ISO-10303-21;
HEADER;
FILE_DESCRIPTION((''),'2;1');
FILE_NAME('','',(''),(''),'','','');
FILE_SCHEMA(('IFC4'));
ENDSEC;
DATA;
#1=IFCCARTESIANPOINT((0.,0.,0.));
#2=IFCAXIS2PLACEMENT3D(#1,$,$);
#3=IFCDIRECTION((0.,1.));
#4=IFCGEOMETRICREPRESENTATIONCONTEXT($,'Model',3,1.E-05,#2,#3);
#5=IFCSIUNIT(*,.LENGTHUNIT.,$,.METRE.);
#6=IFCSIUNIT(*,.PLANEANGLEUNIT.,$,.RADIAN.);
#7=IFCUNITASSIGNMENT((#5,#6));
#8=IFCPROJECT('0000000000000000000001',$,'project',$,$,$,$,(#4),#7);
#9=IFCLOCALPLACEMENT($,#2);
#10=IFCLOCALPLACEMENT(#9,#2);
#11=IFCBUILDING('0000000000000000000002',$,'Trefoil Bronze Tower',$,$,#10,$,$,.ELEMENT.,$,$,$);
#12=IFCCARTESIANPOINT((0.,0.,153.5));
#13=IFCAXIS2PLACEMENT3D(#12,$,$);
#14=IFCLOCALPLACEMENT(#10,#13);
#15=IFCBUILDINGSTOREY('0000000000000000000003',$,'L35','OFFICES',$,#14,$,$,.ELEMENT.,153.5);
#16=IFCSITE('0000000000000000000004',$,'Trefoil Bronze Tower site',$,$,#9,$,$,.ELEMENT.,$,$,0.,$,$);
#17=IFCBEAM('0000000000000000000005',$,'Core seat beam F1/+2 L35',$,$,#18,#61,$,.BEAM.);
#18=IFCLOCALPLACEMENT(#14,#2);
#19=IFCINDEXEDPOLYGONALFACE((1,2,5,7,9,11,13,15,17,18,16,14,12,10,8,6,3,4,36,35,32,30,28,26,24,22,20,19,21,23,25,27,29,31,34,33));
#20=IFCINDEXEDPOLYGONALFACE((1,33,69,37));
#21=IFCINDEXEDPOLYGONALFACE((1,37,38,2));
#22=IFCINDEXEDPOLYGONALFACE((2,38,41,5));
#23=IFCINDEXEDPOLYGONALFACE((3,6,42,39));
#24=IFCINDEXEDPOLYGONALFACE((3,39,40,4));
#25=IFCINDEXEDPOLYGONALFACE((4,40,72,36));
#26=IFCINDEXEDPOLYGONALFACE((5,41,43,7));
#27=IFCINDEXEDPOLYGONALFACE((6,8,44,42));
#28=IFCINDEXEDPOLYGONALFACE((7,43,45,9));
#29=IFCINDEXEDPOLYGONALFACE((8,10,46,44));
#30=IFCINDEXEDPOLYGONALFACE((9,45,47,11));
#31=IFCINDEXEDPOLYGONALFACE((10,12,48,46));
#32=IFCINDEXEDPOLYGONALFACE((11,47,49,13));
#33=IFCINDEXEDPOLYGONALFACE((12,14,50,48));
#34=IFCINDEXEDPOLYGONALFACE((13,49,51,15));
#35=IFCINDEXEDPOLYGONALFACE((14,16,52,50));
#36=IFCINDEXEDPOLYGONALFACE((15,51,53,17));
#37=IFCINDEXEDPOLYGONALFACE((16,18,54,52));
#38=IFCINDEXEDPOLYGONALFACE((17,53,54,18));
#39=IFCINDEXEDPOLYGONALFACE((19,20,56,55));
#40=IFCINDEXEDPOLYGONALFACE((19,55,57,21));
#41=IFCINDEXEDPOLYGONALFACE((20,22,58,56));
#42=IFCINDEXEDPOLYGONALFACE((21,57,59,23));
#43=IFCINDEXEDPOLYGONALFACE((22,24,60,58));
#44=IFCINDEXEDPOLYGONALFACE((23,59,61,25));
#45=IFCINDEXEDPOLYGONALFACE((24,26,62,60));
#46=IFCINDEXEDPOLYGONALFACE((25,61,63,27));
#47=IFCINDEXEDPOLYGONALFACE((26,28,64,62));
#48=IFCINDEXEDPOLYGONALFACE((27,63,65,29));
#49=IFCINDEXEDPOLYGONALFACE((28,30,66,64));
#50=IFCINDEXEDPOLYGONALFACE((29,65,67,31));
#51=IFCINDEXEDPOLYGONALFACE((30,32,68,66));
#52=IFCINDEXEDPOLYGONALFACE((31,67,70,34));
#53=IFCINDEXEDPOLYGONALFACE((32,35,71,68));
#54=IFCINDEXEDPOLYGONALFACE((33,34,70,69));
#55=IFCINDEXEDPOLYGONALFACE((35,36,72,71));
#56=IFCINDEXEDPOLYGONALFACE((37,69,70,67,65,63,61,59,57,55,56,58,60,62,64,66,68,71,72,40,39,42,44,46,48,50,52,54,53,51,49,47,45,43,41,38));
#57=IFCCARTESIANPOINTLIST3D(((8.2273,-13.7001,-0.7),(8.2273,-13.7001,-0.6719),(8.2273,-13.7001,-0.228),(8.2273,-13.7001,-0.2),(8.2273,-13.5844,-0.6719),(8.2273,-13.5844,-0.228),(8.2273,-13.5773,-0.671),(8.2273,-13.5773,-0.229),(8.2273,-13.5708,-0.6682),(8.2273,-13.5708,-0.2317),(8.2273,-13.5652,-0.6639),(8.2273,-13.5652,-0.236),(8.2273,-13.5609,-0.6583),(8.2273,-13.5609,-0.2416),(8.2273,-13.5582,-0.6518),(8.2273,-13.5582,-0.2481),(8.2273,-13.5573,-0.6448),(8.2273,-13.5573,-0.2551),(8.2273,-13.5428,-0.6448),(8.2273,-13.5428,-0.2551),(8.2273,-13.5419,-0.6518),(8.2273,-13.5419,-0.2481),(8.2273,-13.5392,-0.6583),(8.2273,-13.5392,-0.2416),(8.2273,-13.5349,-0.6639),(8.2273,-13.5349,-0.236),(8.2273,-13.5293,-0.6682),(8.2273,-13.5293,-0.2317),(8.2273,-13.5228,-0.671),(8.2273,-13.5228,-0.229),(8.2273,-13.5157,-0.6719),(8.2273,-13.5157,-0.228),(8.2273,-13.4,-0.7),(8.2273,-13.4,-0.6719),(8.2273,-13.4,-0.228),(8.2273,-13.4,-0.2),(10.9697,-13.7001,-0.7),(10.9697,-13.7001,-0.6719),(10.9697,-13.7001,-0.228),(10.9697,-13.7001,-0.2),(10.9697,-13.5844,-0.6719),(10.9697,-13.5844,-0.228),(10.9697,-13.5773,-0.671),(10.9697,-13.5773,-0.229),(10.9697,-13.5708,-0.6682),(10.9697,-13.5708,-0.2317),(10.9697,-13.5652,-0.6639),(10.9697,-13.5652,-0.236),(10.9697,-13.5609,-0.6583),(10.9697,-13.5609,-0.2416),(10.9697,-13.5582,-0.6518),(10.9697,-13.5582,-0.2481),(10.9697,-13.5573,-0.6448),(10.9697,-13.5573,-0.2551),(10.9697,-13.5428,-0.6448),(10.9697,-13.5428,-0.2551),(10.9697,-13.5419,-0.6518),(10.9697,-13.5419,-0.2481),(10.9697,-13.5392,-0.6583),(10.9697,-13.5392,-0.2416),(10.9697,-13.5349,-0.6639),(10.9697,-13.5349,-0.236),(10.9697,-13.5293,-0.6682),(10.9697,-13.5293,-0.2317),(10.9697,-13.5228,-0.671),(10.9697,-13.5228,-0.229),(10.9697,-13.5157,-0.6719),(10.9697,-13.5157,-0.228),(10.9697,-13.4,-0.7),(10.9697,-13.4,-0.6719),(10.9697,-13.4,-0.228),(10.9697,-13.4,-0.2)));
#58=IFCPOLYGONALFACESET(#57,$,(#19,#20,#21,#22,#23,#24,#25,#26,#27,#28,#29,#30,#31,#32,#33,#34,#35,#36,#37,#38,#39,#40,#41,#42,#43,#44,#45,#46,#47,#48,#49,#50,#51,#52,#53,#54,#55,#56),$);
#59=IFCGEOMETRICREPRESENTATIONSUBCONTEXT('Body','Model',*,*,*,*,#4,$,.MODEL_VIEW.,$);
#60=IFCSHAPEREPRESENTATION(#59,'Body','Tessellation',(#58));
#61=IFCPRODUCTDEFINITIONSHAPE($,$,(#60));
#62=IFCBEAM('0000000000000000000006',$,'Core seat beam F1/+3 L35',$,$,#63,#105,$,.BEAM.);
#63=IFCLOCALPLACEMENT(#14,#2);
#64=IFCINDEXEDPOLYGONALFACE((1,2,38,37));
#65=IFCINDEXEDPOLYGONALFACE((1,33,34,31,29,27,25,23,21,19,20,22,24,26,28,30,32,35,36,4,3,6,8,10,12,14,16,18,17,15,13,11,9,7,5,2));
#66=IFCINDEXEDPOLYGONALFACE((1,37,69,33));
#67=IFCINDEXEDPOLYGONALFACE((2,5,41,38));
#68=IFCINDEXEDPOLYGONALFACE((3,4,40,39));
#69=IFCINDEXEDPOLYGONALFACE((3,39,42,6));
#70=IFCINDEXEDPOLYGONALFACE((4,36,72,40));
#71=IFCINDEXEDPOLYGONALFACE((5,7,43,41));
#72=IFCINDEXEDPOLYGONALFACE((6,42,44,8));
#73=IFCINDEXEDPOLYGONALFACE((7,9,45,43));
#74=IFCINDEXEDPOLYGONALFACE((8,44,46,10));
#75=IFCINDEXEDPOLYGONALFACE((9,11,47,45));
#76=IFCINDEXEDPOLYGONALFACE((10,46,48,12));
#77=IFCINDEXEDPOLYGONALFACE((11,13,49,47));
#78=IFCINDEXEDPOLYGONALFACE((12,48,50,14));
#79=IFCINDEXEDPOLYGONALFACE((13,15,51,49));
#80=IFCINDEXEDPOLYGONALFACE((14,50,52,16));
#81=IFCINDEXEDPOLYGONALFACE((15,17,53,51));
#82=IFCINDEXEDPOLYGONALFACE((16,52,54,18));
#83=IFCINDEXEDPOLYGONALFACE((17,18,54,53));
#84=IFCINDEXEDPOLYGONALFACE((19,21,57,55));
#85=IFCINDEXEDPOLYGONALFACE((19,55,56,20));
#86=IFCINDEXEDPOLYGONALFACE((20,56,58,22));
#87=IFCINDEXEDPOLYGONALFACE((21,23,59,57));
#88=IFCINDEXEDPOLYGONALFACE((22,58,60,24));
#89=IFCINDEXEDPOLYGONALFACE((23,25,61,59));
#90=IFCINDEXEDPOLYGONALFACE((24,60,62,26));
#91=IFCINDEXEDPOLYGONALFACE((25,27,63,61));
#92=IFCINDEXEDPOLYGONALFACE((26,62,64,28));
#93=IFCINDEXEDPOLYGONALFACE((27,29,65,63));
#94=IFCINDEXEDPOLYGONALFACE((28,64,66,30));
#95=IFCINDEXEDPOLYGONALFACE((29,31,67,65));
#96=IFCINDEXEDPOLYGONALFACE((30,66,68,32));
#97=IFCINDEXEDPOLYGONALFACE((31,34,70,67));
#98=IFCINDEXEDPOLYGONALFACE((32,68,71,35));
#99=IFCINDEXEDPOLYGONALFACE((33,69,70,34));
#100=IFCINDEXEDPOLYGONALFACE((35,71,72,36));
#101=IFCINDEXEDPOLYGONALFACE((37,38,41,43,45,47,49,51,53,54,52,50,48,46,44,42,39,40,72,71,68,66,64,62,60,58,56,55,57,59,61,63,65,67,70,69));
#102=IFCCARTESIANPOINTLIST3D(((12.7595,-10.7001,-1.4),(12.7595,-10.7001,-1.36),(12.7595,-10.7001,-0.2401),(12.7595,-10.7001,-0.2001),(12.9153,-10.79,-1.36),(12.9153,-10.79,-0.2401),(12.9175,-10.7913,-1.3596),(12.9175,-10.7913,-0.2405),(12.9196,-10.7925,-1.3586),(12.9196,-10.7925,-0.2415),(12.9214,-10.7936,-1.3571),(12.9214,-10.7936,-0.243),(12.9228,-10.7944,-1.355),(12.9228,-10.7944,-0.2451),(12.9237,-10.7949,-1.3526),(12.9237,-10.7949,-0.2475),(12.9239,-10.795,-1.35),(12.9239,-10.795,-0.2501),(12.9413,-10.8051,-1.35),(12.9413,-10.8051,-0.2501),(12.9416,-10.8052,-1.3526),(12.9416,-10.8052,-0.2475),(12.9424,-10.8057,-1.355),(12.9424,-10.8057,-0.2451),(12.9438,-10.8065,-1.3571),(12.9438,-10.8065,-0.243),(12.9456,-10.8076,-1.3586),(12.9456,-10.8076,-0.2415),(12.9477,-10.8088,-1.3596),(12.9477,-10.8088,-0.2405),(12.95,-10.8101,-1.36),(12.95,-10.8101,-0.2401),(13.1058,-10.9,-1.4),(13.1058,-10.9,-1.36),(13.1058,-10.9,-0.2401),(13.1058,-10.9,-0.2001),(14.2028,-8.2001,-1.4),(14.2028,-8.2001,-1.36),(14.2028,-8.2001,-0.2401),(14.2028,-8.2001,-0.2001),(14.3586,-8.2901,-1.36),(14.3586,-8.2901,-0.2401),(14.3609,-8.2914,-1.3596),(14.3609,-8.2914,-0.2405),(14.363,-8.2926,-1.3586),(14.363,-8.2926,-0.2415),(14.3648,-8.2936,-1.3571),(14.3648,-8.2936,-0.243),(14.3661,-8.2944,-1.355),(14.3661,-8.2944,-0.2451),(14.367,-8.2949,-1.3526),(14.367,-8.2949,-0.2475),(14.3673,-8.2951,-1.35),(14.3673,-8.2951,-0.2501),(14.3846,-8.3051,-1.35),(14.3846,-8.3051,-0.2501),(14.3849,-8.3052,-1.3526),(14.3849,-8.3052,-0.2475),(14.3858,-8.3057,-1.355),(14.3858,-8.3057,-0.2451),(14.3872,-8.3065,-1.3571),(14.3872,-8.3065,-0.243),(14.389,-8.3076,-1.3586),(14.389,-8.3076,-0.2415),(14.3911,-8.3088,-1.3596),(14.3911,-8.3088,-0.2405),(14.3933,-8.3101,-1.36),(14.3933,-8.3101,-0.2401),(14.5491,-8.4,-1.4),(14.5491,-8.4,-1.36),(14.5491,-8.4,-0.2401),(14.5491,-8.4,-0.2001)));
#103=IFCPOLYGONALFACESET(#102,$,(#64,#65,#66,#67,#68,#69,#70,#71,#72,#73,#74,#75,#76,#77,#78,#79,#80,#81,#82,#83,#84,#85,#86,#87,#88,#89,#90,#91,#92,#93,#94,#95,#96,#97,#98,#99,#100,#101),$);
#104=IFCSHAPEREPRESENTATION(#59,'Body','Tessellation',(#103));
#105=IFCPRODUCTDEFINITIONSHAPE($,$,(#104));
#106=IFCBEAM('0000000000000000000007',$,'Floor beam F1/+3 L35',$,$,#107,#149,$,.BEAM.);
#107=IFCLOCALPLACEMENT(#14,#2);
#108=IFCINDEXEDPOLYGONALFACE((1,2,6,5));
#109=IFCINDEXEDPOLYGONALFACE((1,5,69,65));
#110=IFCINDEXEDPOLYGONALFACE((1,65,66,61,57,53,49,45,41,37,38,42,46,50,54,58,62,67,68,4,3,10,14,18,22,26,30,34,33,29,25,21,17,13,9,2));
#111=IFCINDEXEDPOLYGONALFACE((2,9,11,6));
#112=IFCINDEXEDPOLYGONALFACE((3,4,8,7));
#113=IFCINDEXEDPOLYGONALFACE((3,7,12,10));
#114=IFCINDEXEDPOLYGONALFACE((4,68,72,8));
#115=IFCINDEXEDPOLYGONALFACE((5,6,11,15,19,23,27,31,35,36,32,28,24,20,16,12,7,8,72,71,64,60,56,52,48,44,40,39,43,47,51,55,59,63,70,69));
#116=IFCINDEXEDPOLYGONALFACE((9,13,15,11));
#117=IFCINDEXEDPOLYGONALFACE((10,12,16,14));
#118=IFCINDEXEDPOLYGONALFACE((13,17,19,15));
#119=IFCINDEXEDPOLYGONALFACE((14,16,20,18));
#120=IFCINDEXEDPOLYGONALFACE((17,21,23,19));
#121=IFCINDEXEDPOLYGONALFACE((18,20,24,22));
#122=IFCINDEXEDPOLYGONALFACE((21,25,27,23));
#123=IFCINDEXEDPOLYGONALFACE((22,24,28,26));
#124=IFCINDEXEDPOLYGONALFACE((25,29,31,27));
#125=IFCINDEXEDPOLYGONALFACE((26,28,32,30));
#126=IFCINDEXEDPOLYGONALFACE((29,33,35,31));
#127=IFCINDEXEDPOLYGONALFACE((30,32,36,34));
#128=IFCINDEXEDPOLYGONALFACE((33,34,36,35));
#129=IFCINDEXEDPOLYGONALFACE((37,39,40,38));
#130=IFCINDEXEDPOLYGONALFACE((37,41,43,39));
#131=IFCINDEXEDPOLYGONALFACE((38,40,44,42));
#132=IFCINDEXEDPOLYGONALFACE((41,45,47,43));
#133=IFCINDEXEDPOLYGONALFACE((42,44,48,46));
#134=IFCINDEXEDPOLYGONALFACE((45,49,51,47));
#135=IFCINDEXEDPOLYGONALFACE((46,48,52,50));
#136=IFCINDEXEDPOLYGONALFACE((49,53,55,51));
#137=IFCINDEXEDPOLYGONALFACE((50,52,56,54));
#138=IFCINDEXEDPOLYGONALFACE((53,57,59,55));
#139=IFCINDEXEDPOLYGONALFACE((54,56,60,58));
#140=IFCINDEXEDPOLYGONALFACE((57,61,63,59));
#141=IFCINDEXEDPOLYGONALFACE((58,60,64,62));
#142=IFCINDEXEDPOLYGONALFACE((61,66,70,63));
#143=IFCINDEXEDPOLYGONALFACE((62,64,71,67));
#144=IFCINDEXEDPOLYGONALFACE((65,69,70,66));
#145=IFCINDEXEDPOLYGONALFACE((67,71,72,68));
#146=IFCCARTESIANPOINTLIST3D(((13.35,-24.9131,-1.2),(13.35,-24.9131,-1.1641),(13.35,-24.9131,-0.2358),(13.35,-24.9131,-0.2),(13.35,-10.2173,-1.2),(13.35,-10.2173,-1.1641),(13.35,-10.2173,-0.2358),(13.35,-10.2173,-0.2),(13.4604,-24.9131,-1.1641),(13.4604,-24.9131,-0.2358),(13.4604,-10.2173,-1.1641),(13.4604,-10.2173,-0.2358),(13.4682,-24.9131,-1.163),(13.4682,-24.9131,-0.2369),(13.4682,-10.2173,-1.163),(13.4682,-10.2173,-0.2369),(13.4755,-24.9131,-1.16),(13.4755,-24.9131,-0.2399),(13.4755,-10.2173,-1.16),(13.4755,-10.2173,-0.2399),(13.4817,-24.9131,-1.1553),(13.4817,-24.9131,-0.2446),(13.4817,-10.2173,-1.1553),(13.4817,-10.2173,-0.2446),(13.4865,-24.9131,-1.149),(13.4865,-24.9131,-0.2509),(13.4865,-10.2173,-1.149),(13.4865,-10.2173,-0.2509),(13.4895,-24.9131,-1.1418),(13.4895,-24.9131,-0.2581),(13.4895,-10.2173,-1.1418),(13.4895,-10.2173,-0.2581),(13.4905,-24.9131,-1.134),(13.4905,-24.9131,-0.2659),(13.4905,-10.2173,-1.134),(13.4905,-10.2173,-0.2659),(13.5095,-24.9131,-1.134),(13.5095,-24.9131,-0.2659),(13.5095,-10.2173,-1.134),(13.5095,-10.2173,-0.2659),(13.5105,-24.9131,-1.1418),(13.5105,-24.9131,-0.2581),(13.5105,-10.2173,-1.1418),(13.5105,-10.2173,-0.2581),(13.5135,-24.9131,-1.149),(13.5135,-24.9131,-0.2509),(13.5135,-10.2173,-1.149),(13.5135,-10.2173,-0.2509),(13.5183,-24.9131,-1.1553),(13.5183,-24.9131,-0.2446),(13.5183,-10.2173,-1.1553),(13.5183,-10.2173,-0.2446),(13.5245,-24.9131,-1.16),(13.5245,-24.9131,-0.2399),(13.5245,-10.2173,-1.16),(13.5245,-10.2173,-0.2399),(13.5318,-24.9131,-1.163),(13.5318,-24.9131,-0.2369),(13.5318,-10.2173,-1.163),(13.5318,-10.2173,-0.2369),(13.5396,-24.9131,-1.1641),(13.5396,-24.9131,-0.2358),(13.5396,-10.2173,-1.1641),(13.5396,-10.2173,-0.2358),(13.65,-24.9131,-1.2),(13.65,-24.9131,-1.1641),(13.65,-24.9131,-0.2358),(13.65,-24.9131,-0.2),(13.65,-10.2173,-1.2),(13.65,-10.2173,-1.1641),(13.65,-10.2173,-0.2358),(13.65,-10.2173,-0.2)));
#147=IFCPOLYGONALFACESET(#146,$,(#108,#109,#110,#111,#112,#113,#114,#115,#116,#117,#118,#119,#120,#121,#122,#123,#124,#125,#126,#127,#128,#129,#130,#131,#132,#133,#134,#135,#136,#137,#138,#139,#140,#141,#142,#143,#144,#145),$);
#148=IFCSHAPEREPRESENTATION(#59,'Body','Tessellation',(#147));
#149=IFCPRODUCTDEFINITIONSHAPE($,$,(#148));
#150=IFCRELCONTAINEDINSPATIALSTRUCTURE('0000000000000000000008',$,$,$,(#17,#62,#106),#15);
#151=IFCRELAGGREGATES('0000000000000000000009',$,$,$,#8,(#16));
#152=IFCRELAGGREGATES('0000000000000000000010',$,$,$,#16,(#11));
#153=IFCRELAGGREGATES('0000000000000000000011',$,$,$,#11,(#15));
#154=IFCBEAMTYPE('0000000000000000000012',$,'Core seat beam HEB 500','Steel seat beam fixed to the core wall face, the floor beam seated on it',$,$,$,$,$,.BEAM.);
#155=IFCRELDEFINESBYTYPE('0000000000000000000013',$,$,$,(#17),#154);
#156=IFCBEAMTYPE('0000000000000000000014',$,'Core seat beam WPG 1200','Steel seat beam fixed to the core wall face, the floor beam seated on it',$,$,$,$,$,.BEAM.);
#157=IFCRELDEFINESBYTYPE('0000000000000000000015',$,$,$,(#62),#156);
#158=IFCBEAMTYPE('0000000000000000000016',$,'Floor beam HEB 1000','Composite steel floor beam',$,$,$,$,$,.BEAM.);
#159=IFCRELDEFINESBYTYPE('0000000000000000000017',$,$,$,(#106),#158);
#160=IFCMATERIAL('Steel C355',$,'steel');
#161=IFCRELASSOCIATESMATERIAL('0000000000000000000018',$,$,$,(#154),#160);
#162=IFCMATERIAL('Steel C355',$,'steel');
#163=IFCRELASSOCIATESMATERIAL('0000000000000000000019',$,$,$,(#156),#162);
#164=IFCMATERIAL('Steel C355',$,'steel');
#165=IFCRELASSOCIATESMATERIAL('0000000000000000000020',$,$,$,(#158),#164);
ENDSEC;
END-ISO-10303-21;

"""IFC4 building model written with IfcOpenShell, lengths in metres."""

from ifc_helpers import new_model, si_unit, direction, frame, origin, origin_2d, place, context, subcontext, project, spatial, i_section, extrude, material, material_profile, profile_set, type_object, element, save


model = new_model("IFC4")

# Units and contexts
model_context = context("Model", 3, precision=1e-05, world=origin(), true_north=direction((0.0, 1.0)))
body_context = subcontext(model_context, "Body", "Model", "MODEL_VIEW")
ifc_project = project(units=[si_unit("LENGTHUNIT", "METRE"), si_unit("PLANEANGLEUNIT", "RADIAN")], contexts=[model_context])

# Site, building, storey
site_placement = place(None, origin())
site = spatial("IfcSite", under=ifc_project, at=site_placement, Name="Trefoil Bronze Tower site", CompositionType="ELEMENT", RefElevation=0.0)
building_placement = place(site_placement, origin())
building = spatial("IfcBuilding", under=site, at=building_placement, Name="Trefoil Bronze Tower", CompositionType="ELEMENT")
storey_placement = place(building_placement, frame((0.0, 0.0, 153.5)))
storey = spatial("IfcBuildingStorey", under=building, at=storey_placement, Name="L35", Description="OFFICES", CompositionType="ELEMENT", Elevation=153.5)

# Beams
ifc_material_1 = material(Name="Steel C355", Category="steel")
ifc_material_profile_1 = material_profile(ifc_material_1, i_section(OverallWidth=0.3, OverallDepth=0.5, WebThickness=0.0144, FlangeThickness=0.0281, FilletRadius=0.0271, at=origin_2d()), Name="HEB 500")
ifc_profile_set_1 = profile_set([ifc_material_profile_1], Name="Steel C355")
beam_type_1 = type_object("IfcBeamType", Name="Core seat beam HEB 500", Description="Steel seat beam fixed to the core wall face, the floor beam seated on it", PredefinedType="BEAM", material=ifc_profile_set_1)
for number, where, z_axis, x_axis, name in (
    (1, (8.2273, -13.55, -0.45), (1.0, 0.0, 0.0), (0.0, 1.0, 0.0), "Core seat beam F1/+2 L35"),
):
    element("IfcBeam", number, at=place(storey_placement, frame(where, z_axis=z_axis, x_axis=x_axis)), inside=storey, type_object=beam_type_1, Name=name, PredefinedType="BEAM", context=body_context, shape_type="SweptSolid", body=[
        extrude(i_section(OverallWidth=0.3, OverallDepth=0.5, WebThickness=0.0144, FlangeThickness=0.0281, FilletRadius=0.0271, at=origin_2d()), origin(), (0.0, 0.0, 1.0), 2.7424),
    ])
ifc_material_2 = material(Name="Steel C355", Category="steel")
ifc_material_profile_2 = material_profile(ifc_material_2, i_section(OverallWidth=0.3999, OverallDepth=1.2, WebThickness=0.02, FlangeThickness=0.04, FilletRadius=0.01, at=origin_2d()), Name="WPG 1200")
ifc_profile_set_2 = profile_set([ifc_material_profile_2], Name="Steel C355")
beam_type_2 = type_object("IfcBeamType", Name="Core seat beam WPG 1200", Description="Steel seat beam fixed to the core wall face, the floor beam seated on it", PredefinedType="BEAM", material=ifc_profile_set_2)
beam_1_placement = place(storey_placement, frame((12.9326, -10.8, -0.8), z_axis=(0.499996, 0.866028, 0.0), x_axis=(-0.866028, 0.499996, 0.0)))
element("IfcBeam", 2, at=beam_1_placement, inside=storey, type_object=beam_type_2, Name="Core seat beam F1/+3 L35", PredefinedType="BEAM", context=body_context, shape_type="SweptSolid", body=[
    extrude(i_section(OverallWidth=0.3999, OverallDepth=1.2, WebThickness=0.02, FlangeThickness=0.04, FilletRadius=0.01, at=origin_2d()), origin(), (0.0, 0.0, 1.0), 2.8867),
])
ifc_material_3 = material(Name="Steel C355", Category="steel")
ifc_material_profile_3 = material_profile(ifc_material_3, i_section(OverallWidth=0.3, OverallDepth=1.0, WebThickness=0.019, FlangeThickness=0.0359, FilletRadius=0.03, at=origin_2d()), Name="HEB 1000")
ifc_profile_set_3 = profile_set([ifc_material_profile_3], Name="Steel C355")
beam_type_3 = type_object("IfcBeamType", Name="Floor beam HEB 1000", Description="Composite steel floor beam", PredefinedType="BEAM", material=ifc_profile_set_3)
beam_2_placement = place(storey_placement, frame((13.5, -24.9131, -0.7), z_axis=(0.0, 1.0, 0.0), x_axis=(-1.0, 0.0, 0.0)))
element("IfcBeam", 3, at=beam_2_placement, inside=storey, type_object=beam_type_3, Name="Floor beam F1/+3 L35", PredefinedType="BEAM", context=body_context, shape_type="SweptSolid", body=[
    extrude(i_section(OverallWidth=0.3, OverallDepth=1.0, WebThickness=0.019, FlangeThickness=0.0359, FilletRadius=0.03, at=origin_2d()), origin(), (0.0, 0.0, 1.0), 14.6958),
])

save(model, "model.ifc")
